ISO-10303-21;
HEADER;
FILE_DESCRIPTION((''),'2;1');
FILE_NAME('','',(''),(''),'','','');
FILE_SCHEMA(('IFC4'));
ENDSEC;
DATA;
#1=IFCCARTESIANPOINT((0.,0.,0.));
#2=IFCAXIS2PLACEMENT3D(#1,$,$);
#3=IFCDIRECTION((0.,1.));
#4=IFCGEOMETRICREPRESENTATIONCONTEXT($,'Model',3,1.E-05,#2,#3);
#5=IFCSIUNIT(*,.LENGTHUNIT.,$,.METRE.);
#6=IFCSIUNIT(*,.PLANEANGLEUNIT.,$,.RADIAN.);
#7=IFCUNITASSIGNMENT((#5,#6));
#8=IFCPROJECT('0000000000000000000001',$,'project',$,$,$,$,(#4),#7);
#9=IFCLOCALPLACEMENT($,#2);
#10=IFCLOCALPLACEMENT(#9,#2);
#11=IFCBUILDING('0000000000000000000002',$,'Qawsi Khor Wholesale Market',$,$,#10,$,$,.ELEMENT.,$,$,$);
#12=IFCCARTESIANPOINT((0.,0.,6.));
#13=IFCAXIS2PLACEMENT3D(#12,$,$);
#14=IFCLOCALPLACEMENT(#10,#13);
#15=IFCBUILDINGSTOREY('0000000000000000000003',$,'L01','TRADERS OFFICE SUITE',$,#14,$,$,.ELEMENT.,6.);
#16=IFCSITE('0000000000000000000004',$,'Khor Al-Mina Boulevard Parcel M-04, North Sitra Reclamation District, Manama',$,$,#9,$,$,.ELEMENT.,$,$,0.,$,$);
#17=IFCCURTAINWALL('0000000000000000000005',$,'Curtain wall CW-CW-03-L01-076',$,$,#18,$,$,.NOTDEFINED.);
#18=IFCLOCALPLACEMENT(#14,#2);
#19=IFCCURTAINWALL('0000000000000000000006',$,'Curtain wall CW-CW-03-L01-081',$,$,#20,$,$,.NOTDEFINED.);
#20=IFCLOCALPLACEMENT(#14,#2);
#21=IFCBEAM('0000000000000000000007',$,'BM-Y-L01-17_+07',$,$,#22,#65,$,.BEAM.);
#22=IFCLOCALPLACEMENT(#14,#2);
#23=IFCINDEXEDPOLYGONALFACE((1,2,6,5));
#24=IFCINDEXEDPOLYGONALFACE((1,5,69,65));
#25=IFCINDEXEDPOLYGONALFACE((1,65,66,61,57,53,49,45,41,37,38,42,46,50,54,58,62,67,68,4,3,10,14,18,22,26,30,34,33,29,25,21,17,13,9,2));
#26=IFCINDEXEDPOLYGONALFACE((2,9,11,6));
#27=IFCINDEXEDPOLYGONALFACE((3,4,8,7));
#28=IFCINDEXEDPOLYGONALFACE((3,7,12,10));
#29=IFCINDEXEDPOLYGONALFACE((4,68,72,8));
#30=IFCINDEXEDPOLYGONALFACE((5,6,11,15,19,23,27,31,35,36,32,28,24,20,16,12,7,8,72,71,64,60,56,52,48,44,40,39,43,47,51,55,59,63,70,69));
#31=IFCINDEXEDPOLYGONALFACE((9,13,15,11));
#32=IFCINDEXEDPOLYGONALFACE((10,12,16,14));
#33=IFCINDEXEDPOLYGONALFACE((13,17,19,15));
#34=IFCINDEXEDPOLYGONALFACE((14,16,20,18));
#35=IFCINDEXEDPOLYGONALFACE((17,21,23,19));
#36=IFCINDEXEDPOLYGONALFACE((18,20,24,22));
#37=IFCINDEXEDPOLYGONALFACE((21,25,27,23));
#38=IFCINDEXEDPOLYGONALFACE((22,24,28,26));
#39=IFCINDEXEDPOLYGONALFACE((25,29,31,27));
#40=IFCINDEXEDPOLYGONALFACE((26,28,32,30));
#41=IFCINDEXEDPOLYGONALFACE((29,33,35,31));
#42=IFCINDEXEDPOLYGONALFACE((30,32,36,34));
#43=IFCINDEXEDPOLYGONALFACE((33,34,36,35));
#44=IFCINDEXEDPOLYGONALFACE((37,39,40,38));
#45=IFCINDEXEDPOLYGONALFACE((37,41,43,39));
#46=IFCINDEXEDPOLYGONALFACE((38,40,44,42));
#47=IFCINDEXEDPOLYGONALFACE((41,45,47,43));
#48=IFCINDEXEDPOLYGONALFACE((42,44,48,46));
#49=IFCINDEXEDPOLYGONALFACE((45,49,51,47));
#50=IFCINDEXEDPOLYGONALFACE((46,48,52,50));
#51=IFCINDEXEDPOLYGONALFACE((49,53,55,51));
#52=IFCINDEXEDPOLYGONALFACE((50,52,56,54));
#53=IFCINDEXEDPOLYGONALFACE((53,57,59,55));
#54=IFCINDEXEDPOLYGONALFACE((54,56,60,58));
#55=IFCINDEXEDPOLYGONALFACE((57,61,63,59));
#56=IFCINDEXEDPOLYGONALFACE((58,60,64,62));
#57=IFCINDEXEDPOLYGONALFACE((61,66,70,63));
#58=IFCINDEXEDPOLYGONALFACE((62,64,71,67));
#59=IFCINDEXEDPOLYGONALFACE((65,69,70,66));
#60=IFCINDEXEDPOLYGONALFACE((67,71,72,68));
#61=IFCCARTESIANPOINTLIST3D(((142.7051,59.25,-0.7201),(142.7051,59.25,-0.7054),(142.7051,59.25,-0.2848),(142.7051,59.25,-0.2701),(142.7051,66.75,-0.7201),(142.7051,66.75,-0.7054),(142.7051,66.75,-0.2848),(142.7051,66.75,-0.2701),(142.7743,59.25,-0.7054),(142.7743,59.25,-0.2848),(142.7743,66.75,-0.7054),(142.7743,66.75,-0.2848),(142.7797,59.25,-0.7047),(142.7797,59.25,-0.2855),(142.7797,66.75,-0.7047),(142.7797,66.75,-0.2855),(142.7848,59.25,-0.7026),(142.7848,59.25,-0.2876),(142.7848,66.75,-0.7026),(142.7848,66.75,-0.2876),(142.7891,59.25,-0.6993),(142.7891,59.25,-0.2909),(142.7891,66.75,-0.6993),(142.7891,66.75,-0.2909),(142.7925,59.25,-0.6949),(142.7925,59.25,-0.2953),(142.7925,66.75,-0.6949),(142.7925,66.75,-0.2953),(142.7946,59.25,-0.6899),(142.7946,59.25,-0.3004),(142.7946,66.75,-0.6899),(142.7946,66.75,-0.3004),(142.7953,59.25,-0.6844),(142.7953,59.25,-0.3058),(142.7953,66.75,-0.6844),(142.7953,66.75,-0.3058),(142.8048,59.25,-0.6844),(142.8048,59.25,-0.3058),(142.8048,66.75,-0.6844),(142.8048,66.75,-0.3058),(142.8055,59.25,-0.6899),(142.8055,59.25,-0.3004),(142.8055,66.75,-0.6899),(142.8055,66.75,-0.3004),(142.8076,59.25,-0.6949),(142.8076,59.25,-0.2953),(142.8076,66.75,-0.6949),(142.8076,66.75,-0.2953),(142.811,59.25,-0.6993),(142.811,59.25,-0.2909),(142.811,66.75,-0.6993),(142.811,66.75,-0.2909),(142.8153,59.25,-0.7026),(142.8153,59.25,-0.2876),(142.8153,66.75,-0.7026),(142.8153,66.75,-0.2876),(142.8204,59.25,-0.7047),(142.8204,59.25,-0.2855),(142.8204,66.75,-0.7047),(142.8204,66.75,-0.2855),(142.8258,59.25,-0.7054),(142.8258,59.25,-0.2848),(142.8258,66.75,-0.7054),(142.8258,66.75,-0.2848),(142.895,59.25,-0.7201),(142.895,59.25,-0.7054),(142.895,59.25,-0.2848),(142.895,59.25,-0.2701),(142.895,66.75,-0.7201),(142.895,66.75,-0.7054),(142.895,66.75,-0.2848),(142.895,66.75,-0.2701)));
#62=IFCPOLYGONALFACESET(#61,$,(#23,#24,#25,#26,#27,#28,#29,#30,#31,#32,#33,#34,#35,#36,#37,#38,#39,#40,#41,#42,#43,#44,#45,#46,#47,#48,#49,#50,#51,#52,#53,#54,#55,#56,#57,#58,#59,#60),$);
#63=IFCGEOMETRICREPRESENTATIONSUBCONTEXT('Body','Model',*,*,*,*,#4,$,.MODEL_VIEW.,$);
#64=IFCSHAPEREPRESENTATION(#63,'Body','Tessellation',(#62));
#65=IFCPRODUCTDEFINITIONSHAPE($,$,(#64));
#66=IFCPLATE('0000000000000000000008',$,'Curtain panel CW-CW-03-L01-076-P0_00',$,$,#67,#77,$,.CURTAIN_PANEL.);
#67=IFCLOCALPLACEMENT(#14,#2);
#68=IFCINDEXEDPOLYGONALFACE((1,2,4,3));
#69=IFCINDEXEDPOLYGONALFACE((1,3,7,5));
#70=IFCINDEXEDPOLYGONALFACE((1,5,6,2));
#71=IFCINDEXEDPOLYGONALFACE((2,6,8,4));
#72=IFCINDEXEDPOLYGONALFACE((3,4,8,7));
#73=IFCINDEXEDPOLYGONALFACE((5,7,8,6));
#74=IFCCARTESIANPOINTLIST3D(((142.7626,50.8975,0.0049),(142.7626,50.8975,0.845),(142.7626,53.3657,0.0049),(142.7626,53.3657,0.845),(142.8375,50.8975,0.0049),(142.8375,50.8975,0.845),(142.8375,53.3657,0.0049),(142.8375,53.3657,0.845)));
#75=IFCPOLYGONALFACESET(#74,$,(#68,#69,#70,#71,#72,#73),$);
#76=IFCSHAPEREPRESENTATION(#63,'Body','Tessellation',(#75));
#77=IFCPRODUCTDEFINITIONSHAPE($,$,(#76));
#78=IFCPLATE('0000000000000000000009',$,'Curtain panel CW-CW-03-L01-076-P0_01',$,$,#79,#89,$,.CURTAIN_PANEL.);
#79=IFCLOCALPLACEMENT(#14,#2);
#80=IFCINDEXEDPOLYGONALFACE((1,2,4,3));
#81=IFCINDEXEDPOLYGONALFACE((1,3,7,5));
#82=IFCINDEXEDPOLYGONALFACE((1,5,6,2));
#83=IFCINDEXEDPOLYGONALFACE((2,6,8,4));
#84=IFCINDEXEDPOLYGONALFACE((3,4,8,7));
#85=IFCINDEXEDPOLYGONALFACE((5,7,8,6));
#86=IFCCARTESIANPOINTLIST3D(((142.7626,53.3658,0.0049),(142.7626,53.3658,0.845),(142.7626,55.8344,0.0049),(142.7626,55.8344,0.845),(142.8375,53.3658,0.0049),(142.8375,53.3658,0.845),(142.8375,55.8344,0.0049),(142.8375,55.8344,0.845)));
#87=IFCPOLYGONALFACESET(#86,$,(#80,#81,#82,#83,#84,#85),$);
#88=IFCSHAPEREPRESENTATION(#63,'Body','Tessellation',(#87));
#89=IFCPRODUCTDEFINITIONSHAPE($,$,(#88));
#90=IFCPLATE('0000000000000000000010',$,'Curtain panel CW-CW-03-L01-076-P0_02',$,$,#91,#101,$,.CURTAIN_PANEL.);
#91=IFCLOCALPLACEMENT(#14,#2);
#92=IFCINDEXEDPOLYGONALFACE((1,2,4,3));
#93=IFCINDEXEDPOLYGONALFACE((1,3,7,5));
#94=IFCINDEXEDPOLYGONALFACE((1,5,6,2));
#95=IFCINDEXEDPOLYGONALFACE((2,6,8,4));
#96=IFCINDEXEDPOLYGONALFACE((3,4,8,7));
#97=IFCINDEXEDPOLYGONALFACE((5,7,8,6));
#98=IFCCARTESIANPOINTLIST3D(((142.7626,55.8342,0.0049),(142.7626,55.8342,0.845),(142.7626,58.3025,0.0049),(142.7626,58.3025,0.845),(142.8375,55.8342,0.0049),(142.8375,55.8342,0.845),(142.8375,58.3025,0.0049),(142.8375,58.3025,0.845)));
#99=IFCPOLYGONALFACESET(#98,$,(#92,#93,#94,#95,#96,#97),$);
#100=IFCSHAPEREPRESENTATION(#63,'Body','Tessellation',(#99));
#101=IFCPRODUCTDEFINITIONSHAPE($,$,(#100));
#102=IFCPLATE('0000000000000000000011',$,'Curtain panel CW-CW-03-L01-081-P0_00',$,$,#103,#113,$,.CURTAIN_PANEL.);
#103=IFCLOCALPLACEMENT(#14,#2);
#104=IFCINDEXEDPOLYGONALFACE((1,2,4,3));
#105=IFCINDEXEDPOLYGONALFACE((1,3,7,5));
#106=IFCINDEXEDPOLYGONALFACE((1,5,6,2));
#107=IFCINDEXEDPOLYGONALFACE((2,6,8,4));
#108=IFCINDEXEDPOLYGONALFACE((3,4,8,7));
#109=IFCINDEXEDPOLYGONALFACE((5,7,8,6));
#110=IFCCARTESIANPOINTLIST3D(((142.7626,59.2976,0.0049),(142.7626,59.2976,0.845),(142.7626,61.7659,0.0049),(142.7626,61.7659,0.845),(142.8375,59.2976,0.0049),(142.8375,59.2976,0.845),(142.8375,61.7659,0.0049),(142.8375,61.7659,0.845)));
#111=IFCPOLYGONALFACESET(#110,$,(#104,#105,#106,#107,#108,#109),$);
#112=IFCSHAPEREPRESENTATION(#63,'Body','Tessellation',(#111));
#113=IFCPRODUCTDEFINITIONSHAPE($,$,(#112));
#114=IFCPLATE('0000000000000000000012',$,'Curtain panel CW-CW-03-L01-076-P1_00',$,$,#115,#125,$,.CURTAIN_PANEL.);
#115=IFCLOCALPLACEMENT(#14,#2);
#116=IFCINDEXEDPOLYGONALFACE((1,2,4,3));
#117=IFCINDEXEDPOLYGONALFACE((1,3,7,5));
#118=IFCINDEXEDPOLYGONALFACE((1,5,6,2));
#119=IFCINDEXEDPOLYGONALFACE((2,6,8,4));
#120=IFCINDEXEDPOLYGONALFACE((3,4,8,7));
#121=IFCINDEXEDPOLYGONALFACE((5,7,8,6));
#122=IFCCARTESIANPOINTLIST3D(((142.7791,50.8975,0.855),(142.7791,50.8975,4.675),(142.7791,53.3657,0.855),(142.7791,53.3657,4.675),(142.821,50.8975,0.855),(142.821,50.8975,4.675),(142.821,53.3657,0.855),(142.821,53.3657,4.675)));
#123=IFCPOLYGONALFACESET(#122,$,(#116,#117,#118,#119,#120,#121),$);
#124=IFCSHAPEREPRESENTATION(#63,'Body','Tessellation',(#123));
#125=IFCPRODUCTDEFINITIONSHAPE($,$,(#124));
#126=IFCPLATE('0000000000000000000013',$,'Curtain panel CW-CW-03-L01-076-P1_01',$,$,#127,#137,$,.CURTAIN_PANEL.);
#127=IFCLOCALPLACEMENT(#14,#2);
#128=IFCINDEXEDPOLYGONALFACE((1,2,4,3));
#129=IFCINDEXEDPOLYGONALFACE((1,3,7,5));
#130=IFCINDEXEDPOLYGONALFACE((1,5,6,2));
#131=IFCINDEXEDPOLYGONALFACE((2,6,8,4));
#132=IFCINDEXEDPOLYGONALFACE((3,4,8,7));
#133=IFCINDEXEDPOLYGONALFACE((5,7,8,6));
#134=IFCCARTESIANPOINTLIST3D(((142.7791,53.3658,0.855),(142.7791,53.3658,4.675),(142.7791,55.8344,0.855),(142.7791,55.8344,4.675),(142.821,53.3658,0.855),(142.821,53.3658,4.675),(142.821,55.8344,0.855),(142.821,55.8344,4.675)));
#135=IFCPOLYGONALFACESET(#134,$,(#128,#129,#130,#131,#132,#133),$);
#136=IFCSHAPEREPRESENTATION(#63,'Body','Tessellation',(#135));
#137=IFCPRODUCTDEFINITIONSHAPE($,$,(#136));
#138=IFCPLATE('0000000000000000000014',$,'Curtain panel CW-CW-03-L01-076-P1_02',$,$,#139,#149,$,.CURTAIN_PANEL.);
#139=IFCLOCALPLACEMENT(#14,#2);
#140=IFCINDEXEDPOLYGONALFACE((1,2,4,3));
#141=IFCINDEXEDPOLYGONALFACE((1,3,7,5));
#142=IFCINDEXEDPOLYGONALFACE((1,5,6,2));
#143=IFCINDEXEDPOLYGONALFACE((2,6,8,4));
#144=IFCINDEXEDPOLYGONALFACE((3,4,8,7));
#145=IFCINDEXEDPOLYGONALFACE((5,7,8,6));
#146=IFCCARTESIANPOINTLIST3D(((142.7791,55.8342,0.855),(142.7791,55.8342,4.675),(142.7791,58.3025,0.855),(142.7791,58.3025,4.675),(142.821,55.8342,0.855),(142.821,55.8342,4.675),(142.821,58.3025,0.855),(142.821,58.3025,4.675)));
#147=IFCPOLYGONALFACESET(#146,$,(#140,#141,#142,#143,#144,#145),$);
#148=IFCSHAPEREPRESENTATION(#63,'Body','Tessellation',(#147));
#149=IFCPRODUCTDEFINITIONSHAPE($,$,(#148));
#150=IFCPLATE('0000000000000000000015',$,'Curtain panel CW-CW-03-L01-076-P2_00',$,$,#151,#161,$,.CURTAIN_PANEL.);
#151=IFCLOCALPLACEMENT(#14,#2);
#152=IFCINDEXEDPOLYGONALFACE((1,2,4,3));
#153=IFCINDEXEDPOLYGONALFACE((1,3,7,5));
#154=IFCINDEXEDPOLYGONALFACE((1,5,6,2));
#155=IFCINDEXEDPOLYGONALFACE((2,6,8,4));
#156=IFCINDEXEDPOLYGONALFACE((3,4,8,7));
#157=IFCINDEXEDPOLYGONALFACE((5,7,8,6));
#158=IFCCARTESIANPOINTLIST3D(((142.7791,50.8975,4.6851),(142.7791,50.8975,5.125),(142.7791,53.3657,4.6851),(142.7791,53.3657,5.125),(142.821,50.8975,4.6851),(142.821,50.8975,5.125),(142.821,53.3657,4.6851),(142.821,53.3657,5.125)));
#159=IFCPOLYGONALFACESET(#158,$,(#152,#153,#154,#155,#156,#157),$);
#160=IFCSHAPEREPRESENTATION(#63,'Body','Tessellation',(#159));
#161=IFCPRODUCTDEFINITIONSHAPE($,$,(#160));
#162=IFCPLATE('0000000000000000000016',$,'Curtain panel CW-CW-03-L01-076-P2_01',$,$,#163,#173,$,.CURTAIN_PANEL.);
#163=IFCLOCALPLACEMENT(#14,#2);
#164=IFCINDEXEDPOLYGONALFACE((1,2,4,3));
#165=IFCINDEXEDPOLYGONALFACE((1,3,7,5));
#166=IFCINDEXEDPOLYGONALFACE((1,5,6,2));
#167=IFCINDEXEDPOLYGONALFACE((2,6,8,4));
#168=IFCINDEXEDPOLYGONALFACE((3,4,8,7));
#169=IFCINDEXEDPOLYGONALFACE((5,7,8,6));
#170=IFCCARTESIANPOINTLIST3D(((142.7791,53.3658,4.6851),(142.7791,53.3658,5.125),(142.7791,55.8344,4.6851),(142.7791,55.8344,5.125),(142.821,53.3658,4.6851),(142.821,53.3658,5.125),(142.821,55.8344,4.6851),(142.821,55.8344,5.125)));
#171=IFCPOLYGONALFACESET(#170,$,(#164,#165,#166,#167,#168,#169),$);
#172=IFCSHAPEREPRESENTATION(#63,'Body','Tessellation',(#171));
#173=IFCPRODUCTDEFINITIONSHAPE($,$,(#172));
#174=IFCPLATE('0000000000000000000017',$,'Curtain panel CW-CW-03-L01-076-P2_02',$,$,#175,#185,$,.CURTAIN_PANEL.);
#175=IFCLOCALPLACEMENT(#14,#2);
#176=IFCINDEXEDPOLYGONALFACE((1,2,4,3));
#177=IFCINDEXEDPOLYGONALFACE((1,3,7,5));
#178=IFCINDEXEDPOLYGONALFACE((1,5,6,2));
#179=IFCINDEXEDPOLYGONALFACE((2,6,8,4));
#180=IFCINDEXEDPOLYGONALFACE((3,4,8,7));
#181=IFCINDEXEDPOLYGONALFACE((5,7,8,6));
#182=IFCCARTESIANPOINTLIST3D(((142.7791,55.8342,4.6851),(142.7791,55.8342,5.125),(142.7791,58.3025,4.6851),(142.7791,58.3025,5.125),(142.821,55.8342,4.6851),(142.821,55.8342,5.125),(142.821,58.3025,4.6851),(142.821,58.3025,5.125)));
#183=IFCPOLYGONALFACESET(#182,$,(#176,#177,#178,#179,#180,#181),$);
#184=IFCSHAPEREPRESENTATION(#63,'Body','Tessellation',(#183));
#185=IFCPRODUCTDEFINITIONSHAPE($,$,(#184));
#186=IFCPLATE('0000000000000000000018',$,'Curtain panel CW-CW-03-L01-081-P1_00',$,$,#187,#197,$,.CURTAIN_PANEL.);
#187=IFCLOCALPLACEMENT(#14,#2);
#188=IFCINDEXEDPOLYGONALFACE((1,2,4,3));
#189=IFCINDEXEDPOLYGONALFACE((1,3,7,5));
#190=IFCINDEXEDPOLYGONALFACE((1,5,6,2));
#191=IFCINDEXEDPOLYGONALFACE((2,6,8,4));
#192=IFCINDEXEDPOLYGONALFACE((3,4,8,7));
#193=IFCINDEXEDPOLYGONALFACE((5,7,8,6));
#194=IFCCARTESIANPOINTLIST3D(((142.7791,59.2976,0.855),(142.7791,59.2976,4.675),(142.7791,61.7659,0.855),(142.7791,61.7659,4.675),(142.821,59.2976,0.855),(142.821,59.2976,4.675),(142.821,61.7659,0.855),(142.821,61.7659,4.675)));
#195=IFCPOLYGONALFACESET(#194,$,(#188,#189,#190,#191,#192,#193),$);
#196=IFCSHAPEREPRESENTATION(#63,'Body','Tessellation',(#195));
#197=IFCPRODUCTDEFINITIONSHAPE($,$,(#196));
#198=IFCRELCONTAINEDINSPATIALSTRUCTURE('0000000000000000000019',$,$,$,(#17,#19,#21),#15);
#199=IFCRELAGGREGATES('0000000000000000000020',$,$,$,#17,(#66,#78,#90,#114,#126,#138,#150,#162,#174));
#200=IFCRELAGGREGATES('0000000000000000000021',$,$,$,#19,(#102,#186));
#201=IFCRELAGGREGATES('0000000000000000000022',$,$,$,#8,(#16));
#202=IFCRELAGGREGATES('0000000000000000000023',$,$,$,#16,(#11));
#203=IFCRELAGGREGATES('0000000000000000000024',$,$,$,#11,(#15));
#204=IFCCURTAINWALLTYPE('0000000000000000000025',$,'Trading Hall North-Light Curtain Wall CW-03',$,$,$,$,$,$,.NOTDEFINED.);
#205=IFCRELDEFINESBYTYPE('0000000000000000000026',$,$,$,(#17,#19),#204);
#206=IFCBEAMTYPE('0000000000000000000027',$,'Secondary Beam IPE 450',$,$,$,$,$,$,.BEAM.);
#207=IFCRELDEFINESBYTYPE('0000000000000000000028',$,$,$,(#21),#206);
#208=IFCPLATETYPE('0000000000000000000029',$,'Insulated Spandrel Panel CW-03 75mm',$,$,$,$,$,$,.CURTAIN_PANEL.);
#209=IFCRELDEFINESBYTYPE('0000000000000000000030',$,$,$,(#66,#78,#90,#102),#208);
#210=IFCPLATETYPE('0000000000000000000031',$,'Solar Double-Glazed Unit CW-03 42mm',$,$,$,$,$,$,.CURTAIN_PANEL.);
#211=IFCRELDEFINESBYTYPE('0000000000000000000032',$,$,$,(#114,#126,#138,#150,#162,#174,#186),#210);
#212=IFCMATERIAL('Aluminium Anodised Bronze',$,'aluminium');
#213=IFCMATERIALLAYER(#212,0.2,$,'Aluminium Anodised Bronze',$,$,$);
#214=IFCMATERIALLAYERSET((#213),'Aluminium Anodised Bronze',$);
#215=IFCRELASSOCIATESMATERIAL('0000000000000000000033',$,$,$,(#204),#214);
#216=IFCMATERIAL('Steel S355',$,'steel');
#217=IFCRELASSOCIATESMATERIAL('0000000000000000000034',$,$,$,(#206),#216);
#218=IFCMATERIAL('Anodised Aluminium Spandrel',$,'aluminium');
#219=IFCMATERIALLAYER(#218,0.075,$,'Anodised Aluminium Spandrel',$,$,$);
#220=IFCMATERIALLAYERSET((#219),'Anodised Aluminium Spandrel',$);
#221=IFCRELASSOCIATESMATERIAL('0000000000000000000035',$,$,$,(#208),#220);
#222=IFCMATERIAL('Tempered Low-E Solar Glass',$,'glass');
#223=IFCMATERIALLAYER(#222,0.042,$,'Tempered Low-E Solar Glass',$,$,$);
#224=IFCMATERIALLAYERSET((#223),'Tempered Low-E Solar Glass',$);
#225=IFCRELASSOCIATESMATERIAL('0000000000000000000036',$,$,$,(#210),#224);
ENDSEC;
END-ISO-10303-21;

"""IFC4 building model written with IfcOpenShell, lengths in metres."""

from ifc_helpers import new_model, si_unit, direction, frame, frame_2d, origin, origin_2d, place, context, subcontext, project, spatial, rectangle, i_section, extrude, material, layer, layer_set, material_profile, profile_set, type_object, element, aggregate, save


model = new_model("IFC4")

# Units and contexts
model_context = context("Model", 3, precision=1e-05, world=origin(), true_north=direction((0.0, 1.0)))
body_context = subcontext(model_context, "Body", "Model", "MODEL_VIEW")
ifc_project = project(units=[si_unit("LENGTHUNIT", "METRE"), si_unit("PLANEANGLEUNIT", "RADIAN")], contexts=[model_context])

# Site, building, storey
site_placement = place(None, origin())
site = spatial("IfcSite", under=ifc_project, at=site_placement, Name="Khor Al-Mina Boulevard Parcel M-04, North Sitra Reclamation District, Manama", CompositionType="ELEMENT", RefElevation=0.0)
building_placement = place(site_placement, origin())
building = spatial("IfcBuilding", under=site, at=building_placement, Name="Qawsi Khor Wholesale Market", CompositionType="ELEMENT")
storey_placement = place(building_placement, frame((0.0, 0.0, 6.0)))
storey = spatial("IfcBuildingStorey", under=building, at=storey_placement, Name="L01", Description="TRADERS OFFICE SUITE", CompositionType="ELEMENT", Elevation=6.0)

# Curtain walls
ifc_material_1 = material(Name="Aluminium Anodised Bronze", Category="aluminium")
ifc_layer_1 = layer(ifc_material_1, 0.2, Name="Aluminium Anodised Bronze")
ifc_layer_set_1 = layer_set([ifc_layer_1], Name="Aluminium Anodised Bronze")
curtain_wall_type = type_object("IfcCurtainWallType", Name="Trading Hall North-Light Curtain Wall CW-03", PredefinedType="NOTDEFINED", material=ifc_layer_set_1)
curtain_wall_1_placement = place(storey_placement, origin())
curtain_wall_1 = element("IfcCurtainWall", 1, at=curtain_wall_1_placement, inside=storey, type_object=curtain_wall_type, Name="Curtain wall CW-CW-03-L01-076", PredefinedType="NOTDEFINED")
curtain_wall_2_placement = place(storey_placement, origin())
curtain_wall_2 = element("IfcCurtainWall", 2, at=curtain_wall_2_placement, inside=storey, type_object=curtain_wall_type, Name="Curtain wall CW-CW-03-L01-081", PredefinedType="NOTDEFINED")

# Beam
ifc_material_2 = material(Name="Steel S355", Category="steel")
ifc_material_profile_1 = material_profile(ifc_material_2, i_section(OverallWidth=0.1899, OverallDepth=0.45, WebThickness=0.0095, FlangeThickness=0.0146, FilletRadius=0.021, at=origin_2d()), Name="IPE 450")
ifc_profile_set_1 = profile_set([ifc_material_profile_1], Name="Steel S355")
beam_type = type_object("IfcBeamType", Name="Secondary Beam IPE 450", PredefinedType="BEAM", material=ifc_profile_set_1)
for number, where, z_axis, x_axis, name in (
    (3, (142.8, 59.25, -0.4951), (0.0, 1.0, 0.0), (-1.0, 0.0, 0.0), "BM-Y-L01-17_+07"),
):
    element("IfcBeam", number, at=place(storey_placement, frame(where, z_axis=z_axis, x_axis=x_axis)), inside=storey, type_object=beam_type, Name=name, PredefinedType="BEAM", context=body_context, shape_type="SweptSolid", body=[
        extrude(i_section(OverallWidth=0.1899, OverallDepth=0.45, WebThickness=0.0095, FlangeThickness=0.0146, FilletRadius=0.021, at=origin_2d()), origin(), (0.0, 0.0, 1.0), 7.5),
    ])

# Plates
ifc_material_3 = material(Name="Anodised Aluminium Spandrel", Category="aluminium")
ifc_layer_2 = layer(ifc_material_3, 0.075, Name="Anodised Aluminium Spandrel")
ifc_layer_set_2 = layer_set([ifc_layer_2], Name="Anodised Aluminium Spandrel")
plate_type_1 = type_object("IfcPlateType", Name="Insulated Spandrel Panel CW-03 75mm", PredefinedType="CURTAIN_PANEL", material=ifc_layer_set_2)
plate_1_placement = place(storey_placement, frame((142.8, 50.8975, 0.0049), z_axis=(0.0, 0.0, 1.0), x_axis=(0.0, 1.0, 0.0)))
plate_1 = element("IfcPlate", 4, at=plate_1_placement, type_object=plate_type_1, Name="Curtain panel CW-CW-03-L01-076-P0_00", PredefinedType="CURTAIN_PANEL", context=body_context, shape_type="SweptSolid", body=[
    extrude(rectangle(XDim=2.4683, YDim=0.075, at=frame_2d((1.2341, 0.0))), origin(), (0.0, 0.0, 1.0), 0.8401),
])
plate_2_placement = place(storey_placement, frame((142.8, 53.3657, 0.0049), z_axis=(0.0, 0.0, 1.0), x_axis=(0.0, 1.0, 0.0)))
plate_2 = element("IfcPlate", 5, at=plate_2_placement, type_object=plate_type_1, Name="Curtain panel CW-CW-03-L01-076-P0_01", PredefinedType="CURTAIN_PANEL", context=body_context, shape_type="SweptSolid", body=[
    extrude(rectangle(XDim=2.4685, YDim=0.075, at=frame_2d((1.2344, 0.0))), origin(), (0.0, 0.0, 1.0), 0.8401),
])
plate_3_placement = place(storey_placement, frame((142.8, 55.8342, 0.0049), z_axis=(0.0, 0.0, 1.0), x_axis=(0.0, 1.0, 0.0)))
plate_3 = element("IfcPlate", 6, at=plate_3_placement, type_object=plate_type_1, Name="Curtain panel CW-CW-03-L01-076-P0_02", PredefinedType="CURTAIN_PANEL", context=body_context, shape_type="SweptSolid", body=[
    extrude(rectangle(XDim=2.4683, YDim=0.075, at=frame_2d((1.2341, 0.0))), origin(), (0.0, 0.0, 1.0), 0.8401),
])
plate_4_placement = place(storey_placement, frame((142.8, 59.2976, 0.0049), z_axis=(0.0, 0.0, 1.0), x_axis=(0.0, 1.0, 0.0)))
plate_4 = element("IfcPlate", 7, at=plate_4_placement, type_object=plate_type_1, Name="Curtain panel CW-CW-03-L01-081-P0_00", PredefinedType="CURTAIN_PANEL", context=body_context, shape_type="SweptSolid", body=[
    extrude(rectangle(XDim=2.4683, YDim=0.075, at=frame_2d((1.2341, 0.0))), origin(), (0.0, 0.0, 1.0), 0.8401),
])
ifc_material_4 = material(Name="Tempered Low-E Solar Glass", Category="glass")
ifc_layer_3 = layer(ifc_material_4, 0.042, Name="Tempered Low-E Solar Glass")
ifc_layer_set_3 = layer_set([ifc_layer_3], Name="Tempered Low-E Solar Glass")
plate_type_2 = type_object("IfcPlateType", Name="Solar Double-Glazed Unit CW-03 42mm", PredefinedType="CURTAIN_PANEL", material=ifc_layer_set_3)
plate_5_placement = place(storey_placement, frame((142.8, 50.8975, 0.855), z_axis=(0.0, 0.0, 1.0), x_axis=(0.0, 1.0, 0.0)))
plate_5 = element("IfcPlate", 8, at=plate_5_placement, type_object=plate_type_2, Name="Curtain panel CW-CW-03-L01-076-P1_00", PredefinedType="CURTAIN_PANEL", context=body_context, shape_type="SweptSolid", body=[
    extrude(rectangle(XDim=2.4683, YDim=0.042, at=frame_2d((1.2341, 0.0))), origin(), (0.0, 0.0, 1.0), 3.8201),
])
plate_6_placement = place(storey_placement, frame((142.8, 53.3657, 0.855), z_axis=(0.0, 0.0, 1.0), x_axis=(0.0, 1.0, 0.0)))
plate_6 = element("IfcPlate", 9, at=plate_6_placement, type_object=plate_type_2, Name="Curtain panel CW-CW-03-L01-076-P1_01", PredefinedType="CURTAIN_PANEL", context=body_context, shape_type="SweptSolid", body=[
    extrude(rectangle(XDim=2.4685, YDim=0.042, at=frame_2d((1.2344, 0.0))), origin(), (0.0, 0.0, 1.0), 3.8201),
])
plate_7_placement = place(storey_placement, frame((142.8, 55.8342, 0.855), z_axis=(0.0, 0.0, 1.0), x_axis=(0.0, 1.0, 0.0)))
plate_7 = element("IfcPlate", 10, at=plate_7_placement, type_object=plate_type_2, Name="Curtain panel CW-CW-03-L01-076-P1_02", PredefinedType="CURTAIN_PANEL", context=body_context, shape_type="SweptSolid", body=[
    extrude(rectangle(XDim=2.4683, YDim=0.042, at=frame_2d((1.2341, 0.0))), origin(), (0.0, 0.0, 1.0), 3.8201),
])
plate_8_placement = place(storey_placement, frame((142.8, 50.8975, 4.6851), z_axis=(0.0, 0.0, 1.0), x_axis=(0.0, 1.0, 0.0)))
plate_8 = element("IfcPlate", 11, at=plate_8_placement, type_object=plate_type_2, Name="Curtain panel CW-CW-03-L01-076-P2_00", PredefinedType="CURTAIN_PANEL", context=body_context, shape_type="SweptSolid", body=[
    extrude(rectangle(XDim=2.4683, YDim=0.042, at=frame_2d((1.2341, 0.0))), origin(), (0.0, 0.0, 1.0), 0.4399),
])
plate_9_placement = place(storey_placement, frame((142.8, 53.3657, 4.6851), z_axis=(0.0, 0.0, 1.0), x_axis=(0.0, 1.0, 0.0)))
plate_9 = element("IfcPlate", 12, at=plate_9_placement, type_object=plate_type_2, Name="Curtain panel CW-CW-03-L01-076-P2_01", PredefinedType="CURTAIN_PANEL", context=body_context, shape_type="SweptSolid", body=[
    extrude(rectangle(XDim=2.4685, YDim=0.042, at=frame_2d((1.2344, 0.0))), origin(), (0.0, 0.0, 1.0), 0.4399),
])
plate_10_placement = place(storey_placement, frame((142.8, 55.8342, 4.6851), z_axis=(0.0, 0.0, 1.0), x_axis=(0.0, 1.0, 0.0)))
plate_10 = element("IfcPlate", 13, at=plate_10_placement, type_object=plate_type_2, Name="Curtain panel CW-CW-03-L01-076-P2_02", PredefinedType="CURTAIN_PANEL", context=body_context, shape_type="SweptSolid", body=[
    extrude(rectangle(XDim=2.4683, YDim=0.042, at=frame_2d((1.2341, 0.0))), origin(), (0.0, 0.0, 1.0), 0.4399),
])
aggregate(curtain_wall_1, [plate_1, plate_2, plate_3, plate_5, plate_6, plate_7, plate_8, plate_9, plate_10])
plate_11_placement = place(storey_placement, frame((142.8, 59.2976, 0.855), z_axis=(0.0, 0.0, 1.0), x_axis=(0.0, 1.0, 0.0)))
plate_11 = element("IfcPlate", 14, at=plate_11_placement, type_object=plate_type_2, Name="Curtain panel CW-CW-03-L01-081-P1_00", PredefinedType="CURTAIN_PANEL", context=body_context, shape_type="SweptSolid", body=[
    extrude(rectangle(XDim=2.4683, YDim=0.042, at=frame_2d((1.2341, 0.0))), origin(), (0.0, 0.0, 1.0), 3.8201),
])
aggregate(curtain_wall_2, [plate_4, plate_11])

save(model, "model.ifc")
